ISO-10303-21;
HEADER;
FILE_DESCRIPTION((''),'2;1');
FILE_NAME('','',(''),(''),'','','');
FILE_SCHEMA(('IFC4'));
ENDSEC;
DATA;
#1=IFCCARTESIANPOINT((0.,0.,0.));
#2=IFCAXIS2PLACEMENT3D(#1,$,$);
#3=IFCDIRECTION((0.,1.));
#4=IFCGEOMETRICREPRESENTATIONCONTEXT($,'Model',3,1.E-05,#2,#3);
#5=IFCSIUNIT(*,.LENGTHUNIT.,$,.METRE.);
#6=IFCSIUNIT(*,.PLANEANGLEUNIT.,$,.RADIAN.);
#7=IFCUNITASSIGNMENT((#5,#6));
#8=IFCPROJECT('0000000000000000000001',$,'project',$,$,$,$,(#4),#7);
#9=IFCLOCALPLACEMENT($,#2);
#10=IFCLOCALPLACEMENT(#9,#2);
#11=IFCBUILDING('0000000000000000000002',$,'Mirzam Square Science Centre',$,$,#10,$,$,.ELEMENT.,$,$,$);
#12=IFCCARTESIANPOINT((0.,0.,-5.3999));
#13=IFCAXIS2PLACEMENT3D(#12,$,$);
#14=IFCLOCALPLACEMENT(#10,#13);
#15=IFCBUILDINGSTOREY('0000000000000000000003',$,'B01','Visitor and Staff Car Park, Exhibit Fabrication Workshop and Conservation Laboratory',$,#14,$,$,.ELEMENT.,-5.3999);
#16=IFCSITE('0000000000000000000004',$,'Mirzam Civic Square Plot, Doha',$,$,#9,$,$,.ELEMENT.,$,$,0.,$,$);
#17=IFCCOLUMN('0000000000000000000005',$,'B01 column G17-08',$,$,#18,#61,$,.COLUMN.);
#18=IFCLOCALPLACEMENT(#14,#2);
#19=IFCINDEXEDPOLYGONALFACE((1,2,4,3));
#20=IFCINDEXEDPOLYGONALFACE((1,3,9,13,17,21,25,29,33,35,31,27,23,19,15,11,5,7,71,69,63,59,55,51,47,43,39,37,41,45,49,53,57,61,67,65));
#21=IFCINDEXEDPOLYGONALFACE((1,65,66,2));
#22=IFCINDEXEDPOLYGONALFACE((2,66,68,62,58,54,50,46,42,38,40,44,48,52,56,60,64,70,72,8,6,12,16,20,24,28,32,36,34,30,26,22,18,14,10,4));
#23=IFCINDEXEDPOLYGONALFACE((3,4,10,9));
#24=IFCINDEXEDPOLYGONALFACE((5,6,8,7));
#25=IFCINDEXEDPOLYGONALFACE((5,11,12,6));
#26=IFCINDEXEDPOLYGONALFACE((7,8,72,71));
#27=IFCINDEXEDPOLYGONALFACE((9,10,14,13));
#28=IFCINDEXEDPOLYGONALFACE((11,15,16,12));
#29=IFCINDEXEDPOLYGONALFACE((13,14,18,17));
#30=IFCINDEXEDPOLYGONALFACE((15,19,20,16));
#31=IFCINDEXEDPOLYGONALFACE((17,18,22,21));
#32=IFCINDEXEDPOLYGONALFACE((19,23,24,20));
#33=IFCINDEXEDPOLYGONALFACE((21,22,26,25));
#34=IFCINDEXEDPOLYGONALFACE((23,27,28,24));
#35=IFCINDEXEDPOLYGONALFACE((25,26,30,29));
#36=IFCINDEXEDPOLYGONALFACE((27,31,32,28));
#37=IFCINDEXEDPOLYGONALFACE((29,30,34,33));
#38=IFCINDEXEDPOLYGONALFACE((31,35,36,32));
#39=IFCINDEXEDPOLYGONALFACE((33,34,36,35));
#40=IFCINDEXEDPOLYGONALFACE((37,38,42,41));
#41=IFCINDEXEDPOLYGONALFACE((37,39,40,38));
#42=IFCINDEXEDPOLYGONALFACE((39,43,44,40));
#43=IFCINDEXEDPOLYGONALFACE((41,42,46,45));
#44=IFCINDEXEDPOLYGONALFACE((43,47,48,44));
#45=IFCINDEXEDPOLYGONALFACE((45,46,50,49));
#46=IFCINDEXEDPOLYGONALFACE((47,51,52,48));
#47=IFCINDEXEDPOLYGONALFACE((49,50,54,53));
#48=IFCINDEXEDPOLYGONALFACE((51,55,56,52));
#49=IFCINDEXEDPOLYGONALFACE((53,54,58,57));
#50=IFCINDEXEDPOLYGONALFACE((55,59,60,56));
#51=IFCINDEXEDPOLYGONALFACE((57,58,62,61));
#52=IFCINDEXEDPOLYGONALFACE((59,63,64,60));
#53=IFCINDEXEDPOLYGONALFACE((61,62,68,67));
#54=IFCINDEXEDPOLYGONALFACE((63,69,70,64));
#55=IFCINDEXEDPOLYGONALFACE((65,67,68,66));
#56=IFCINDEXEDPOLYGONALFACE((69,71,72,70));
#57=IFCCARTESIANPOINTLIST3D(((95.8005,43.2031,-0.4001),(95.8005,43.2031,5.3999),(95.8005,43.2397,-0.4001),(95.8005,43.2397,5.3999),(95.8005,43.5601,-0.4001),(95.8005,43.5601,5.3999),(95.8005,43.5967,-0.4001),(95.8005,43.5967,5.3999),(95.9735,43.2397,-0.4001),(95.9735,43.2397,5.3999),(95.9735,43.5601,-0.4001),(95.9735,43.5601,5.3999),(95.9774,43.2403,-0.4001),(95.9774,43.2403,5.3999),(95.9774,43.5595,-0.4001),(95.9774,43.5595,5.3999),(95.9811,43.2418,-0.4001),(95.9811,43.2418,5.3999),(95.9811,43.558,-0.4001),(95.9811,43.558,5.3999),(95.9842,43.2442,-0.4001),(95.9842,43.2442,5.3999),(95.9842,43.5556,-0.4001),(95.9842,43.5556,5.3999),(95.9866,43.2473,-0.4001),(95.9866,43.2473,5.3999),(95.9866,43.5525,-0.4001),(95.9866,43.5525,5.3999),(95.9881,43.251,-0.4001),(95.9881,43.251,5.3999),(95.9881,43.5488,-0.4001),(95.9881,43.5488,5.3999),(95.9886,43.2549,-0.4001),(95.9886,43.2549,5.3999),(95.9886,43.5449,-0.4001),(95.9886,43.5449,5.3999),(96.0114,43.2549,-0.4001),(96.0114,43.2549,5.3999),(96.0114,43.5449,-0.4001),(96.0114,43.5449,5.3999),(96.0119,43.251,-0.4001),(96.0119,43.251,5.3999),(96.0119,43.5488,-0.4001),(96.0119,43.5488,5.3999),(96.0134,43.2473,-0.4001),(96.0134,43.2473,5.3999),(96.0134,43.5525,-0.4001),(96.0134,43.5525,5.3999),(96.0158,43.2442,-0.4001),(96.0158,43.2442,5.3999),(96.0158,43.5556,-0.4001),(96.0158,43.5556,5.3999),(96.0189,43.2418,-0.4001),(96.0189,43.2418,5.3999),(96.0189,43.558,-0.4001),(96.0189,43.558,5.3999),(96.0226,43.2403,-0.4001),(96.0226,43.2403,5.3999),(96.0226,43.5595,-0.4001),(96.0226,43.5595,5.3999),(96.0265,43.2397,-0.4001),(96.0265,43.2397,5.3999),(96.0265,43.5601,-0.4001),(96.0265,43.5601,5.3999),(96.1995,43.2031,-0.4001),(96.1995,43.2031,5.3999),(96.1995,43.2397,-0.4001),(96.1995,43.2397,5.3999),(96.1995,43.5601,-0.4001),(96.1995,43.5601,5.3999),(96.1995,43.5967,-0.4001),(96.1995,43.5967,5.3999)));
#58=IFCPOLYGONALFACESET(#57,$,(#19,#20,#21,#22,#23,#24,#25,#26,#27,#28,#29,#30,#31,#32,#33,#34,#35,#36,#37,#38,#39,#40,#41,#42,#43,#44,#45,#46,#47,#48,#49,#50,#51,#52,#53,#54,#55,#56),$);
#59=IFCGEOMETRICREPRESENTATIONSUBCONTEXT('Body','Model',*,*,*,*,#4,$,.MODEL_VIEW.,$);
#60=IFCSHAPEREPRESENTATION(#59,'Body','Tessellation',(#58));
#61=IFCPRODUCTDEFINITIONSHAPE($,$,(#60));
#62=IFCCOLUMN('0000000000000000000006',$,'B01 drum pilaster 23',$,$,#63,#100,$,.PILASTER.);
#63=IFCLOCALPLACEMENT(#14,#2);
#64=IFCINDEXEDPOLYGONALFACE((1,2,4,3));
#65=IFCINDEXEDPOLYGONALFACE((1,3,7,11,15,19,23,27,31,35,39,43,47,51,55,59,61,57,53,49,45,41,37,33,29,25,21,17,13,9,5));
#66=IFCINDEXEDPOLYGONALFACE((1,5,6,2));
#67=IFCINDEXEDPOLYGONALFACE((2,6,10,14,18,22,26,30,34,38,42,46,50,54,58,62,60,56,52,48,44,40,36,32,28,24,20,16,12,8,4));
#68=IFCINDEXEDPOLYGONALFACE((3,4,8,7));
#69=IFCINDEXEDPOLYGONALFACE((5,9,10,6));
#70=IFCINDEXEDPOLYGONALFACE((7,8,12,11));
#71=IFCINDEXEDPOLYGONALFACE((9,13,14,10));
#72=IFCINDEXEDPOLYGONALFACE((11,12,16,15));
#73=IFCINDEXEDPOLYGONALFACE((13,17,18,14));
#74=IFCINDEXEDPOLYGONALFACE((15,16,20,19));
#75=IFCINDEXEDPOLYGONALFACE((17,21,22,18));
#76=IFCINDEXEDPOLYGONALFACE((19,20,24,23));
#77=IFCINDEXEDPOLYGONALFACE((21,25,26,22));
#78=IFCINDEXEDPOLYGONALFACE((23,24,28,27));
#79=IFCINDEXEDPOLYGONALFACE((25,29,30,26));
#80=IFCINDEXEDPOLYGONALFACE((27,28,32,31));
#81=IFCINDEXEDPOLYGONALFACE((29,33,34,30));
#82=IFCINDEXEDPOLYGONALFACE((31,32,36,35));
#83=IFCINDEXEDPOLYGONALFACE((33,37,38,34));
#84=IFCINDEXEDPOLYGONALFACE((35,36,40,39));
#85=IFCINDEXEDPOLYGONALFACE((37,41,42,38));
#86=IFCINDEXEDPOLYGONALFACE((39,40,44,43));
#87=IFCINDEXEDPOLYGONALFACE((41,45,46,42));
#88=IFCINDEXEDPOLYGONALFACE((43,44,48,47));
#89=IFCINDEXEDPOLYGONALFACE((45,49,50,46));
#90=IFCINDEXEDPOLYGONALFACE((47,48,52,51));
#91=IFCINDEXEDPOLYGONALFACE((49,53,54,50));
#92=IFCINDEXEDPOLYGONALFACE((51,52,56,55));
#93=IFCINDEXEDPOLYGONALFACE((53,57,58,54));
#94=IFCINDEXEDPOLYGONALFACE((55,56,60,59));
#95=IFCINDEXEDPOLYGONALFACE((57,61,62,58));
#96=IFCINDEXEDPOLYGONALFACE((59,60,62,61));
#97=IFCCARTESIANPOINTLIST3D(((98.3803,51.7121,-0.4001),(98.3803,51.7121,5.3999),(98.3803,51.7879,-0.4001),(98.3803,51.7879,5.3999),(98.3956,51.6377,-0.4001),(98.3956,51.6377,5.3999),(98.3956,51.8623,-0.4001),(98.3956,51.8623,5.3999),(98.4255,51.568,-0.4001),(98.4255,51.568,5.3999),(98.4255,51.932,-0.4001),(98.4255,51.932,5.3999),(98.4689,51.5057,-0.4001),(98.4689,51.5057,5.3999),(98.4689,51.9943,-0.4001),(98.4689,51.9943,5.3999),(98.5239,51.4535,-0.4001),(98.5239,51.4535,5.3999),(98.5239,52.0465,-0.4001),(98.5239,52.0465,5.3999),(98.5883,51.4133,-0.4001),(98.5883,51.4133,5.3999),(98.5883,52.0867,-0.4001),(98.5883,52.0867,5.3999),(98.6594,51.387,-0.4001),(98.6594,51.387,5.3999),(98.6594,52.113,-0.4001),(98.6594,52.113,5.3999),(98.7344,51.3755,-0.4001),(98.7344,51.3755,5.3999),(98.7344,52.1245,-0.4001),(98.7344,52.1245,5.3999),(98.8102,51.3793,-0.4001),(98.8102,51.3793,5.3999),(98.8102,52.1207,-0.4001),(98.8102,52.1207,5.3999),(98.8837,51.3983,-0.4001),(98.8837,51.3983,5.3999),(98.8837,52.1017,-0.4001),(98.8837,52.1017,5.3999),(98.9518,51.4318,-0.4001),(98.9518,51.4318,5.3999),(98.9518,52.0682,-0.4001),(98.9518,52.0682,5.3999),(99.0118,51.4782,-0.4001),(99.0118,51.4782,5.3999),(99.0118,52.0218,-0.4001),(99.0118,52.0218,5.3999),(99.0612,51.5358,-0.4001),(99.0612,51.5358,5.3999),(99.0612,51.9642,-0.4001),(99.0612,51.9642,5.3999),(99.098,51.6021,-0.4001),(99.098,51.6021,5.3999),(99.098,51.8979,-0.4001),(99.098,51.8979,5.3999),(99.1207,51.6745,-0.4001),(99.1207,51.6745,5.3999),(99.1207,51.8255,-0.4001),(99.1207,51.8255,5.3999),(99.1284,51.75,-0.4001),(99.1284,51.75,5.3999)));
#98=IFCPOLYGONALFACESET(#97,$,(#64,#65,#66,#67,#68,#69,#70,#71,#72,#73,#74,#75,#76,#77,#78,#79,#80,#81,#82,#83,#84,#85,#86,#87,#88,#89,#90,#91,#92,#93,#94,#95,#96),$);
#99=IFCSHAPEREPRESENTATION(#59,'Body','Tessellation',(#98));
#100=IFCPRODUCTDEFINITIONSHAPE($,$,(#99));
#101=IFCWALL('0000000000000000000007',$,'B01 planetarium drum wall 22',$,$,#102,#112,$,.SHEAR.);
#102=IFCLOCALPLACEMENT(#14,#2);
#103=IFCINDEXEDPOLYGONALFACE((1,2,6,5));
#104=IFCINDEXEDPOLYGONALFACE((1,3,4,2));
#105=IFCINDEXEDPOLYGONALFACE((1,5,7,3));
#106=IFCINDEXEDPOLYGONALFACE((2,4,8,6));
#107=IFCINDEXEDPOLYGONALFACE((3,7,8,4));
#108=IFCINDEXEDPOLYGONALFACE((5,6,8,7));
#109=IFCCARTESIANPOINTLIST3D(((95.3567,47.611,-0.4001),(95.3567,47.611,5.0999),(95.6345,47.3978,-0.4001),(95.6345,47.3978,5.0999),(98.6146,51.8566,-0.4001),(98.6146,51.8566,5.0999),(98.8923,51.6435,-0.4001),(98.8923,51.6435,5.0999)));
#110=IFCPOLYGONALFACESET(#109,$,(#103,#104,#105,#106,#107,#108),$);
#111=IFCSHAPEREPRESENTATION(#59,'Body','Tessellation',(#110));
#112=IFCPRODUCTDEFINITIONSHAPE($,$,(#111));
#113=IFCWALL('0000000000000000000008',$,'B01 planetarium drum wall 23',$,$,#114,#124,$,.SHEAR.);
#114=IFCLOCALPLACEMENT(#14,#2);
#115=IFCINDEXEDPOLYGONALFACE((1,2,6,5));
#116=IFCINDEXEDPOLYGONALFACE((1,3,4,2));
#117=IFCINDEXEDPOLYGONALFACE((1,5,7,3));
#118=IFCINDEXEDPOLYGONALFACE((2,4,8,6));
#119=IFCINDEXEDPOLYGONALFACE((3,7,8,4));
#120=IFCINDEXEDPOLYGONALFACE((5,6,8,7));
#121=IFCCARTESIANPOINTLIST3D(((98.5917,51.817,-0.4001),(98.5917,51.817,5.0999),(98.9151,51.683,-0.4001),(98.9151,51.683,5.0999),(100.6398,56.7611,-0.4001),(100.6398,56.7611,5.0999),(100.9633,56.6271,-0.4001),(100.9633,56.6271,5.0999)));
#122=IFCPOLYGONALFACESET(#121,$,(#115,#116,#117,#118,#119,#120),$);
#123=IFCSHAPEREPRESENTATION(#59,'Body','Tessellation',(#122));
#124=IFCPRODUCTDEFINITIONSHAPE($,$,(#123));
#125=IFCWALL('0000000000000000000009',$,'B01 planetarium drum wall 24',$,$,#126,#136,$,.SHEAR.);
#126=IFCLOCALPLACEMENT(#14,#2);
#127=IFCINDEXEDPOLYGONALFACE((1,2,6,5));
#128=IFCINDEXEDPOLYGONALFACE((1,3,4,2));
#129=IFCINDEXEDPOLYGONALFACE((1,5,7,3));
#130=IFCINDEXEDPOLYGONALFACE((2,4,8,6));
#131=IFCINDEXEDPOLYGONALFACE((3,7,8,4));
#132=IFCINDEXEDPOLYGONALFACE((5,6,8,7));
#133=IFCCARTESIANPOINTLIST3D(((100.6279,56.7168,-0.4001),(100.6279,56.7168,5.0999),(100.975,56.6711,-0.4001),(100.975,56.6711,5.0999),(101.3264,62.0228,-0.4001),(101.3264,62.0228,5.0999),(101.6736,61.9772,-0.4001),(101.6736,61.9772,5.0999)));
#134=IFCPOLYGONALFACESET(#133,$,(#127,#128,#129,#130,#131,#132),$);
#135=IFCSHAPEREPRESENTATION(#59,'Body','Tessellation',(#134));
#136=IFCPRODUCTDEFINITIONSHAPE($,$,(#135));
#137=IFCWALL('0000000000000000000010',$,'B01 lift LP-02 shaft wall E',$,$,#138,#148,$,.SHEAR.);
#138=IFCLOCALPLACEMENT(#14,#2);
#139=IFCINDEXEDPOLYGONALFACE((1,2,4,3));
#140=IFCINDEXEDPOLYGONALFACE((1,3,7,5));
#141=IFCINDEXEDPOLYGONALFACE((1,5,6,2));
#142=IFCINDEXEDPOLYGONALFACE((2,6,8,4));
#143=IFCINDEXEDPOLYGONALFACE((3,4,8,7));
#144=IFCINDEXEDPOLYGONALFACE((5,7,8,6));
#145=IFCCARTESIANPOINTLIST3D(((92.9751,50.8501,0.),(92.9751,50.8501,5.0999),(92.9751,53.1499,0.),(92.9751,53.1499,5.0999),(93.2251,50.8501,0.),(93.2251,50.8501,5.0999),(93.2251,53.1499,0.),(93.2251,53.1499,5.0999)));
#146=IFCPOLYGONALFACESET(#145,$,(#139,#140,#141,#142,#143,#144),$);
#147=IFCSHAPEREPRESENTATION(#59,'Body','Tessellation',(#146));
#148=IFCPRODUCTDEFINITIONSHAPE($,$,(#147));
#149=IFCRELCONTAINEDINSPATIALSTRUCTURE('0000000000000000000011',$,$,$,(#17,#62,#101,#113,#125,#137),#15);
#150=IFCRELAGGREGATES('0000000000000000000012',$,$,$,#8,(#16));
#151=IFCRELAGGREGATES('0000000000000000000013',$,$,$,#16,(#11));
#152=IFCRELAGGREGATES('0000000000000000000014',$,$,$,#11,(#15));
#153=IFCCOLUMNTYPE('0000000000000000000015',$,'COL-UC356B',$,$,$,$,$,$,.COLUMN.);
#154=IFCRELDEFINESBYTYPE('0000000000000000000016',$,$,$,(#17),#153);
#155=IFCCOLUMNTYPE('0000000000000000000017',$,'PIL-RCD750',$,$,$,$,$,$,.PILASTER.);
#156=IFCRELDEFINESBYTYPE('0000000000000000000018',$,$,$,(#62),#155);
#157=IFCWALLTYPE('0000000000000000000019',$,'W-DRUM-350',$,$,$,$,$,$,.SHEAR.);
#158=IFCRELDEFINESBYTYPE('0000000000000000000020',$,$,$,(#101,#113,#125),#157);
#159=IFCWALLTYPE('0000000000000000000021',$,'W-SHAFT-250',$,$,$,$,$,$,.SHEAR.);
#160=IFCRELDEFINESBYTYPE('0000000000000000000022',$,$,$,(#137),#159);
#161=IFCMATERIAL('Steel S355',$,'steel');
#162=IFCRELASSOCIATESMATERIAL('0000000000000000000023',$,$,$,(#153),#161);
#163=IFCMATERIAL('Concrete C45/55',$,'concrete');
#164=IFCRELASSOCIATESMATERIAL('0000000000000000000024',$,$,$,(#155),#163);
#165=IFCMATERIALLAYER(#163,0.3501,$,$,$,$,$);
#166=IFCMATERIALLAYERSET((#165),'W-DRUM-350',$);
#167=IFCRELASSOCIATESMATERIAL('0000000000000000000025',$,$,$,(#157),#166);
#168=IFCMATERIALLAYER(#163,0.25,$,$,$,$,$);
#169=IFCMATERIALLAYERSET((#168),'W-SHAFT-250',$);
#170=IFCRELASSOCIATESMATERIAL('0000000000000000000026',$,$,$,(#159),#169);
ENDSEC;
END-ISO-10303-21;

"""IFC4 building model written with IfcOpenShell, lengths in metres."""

from ifc_helpers import new_model, si_unit, direction, frame, frame_2d, origin, origin_2d, place, context, subcontext, project, spatial, rectangle, circle, i_section, extrude, material, layer, layer_set, material_profile, profile_set, type_object, element, save


model = new_model("IFC4")

# Units and contexts
model_context = context("Model", 3, precision=1e-05, world=origin(), true_north=direction((0.0, 1.0)))
body_context = subcontext(model_context, "Body", "Model", "MODEL_VIEW")
ifc_project = project(units=[si_unit("LENGTHUNIT", "METRE"), si_unit("PLANEANGLEUNIT", "RADIAN")], contexts=[model_context])

# Site, building, storey
site_placement = place(None, origin())
site = spatial("IfcSite", under=ifc_project, at=site_placement, Name="Mirzam Civic Square Plot, Doha", CompositionType="ELEMENT", RefElevation=0.0)
building_placement = place(site_placement, origin())
building = spatial("IfcBuilding", under=site, at=building_placement, Name="Mirzam Square Science Centre", CompositionType="ELEMENT")
storey_placement = place(building_placement, frame((0.0, 0.0, -5.3999)))
storey = spatial("IfcBuildingStorey", under=building, at=storey_placement, Name="B01", Description="Visitor and Staff Car Park, Exhibit Fabrication Workshop and Conservation Laboratory", CompositionType="ELEMENT", Elevation=-5.3999)

# Shared definitions
ifc_material_1 = material(Name="Concrete C45/55", Category="concrete")

# Columns
ifc_material_2 = material(Name="Steel S355", Category="steel")
ifc_material_profile_1 = material_profile(ifc_material_2, i_section(OverallWidth=0.3989, OverallDepth=0.3936, WebThickness=0.0227, FlangeThickness=0.0366, FilletRadius=0.0151, at=origin_2d()), Name="356x406x287UC")
ifc_profile_set_1 = profile_set([ifc_material_profile_1], Name="Steel S355")
column_type_1 = type_object("IfcColumnType", Name="COL-UC356B", PredefinedType="COLUMN", material=ifc_profile_set_1)
column_1_placement = place(storey_placement, frame((96.0, 43.3999, -0.4001), z_axis=(0.0, 0.0, 1.0), x_axis=(1.0, 0.0, 0.0)))
element("IfcColumn", 1, at=column_1_placement, inside=storey, type_object=column_type_1, Name="B01 column G17-08", PredefinedType="COLUMN", context=body_context, shape_type="SweptSolid", body=[
    extrude(i_section(OverallWidth=0.3989, OverallDepth=0.3936, WebThickness=0.0227, FlangeThickness=0.0366, FilletRadius=0.0151, at=origin_2d()), origin(), (0.0, 0.0, 1.0), 5.8),
])
ifc_material_profile_2 = material_profile(ifc_material_1, circle(Radius=0.375, at=origin_2d()), Name="RCD750")
ifc_profile_set_2 = profile_set([ifc_material_profile_2], Name="Concrete C45/55")
column_type_2 = type_object("IfcColumnType", Name="PIL-RCD750", PredefinedType="PILASTER", material=ifc_profile_set_2)
column_2_placement = place(storey_placement, frame((98.7534, 51.75, -0.4001), z_axis=(0.0, 0.0, 1.0), x_axis=(1.0, 0.0, 0.0)))
element("IfcColumn", 2, at=column_2_placement, inside=storey, type_object=column_type_2, Name="B01 drum pilaster 23", PredefinedType="PILASTER", context=body_context, shape_type="SweptSolid", body=[
    extrude(circle(Radius=0.375, at=origin_2d()), origin(), (0.0, 0.0, 1.0), 5.8),
])

# Walls
ifc_layer_1 = layer(ifc_material_1, 0.3501)
ifc_layer_set_1 = layer_set([ifc_layer_1], Name="W-DRUM-350")
wall_type_1 = type_object("IfcWallType", Name="W-DRUM-350", PredefinedType="SHEAR", material=ifc_layer_set_1)
for number, where, z_axis, x_axis, name in (
    (3, (95.4956, 47.5044, -0.4001), (0.0, 0.0, 1.0), (0.608767, 0.793349, 0.0), "B01 planetarium drum wall 22"),
    (4, (98.7534, 51.75, -0.4001), (0.0, 0.0, 1.0), (0.382713, 0.923867, 0.0), "B01 planetarium drum wall 23"),
):
    element("IfcWall", number, at=place(storey_placement, frame(where, z_axis=z_axis, x_axis=x_axis)), inside=storey, type_object=wall_type_1, Name=name, PredefinedType="SHEAR", context=body_context, shape_type="SweptSolid", body=[
        extrude(rectangle(XDim=5.3516, YDim=0.3501, at=frame_2d((2.6758, 0.0))), origin(), (0.0, 0.0, 1.0), 5.5),
    ])
wall_1_placement = place(storey_placement, frame((100.8015, 56.6941, -0.4001), z_axis=(0.0, 0.0, 1.0), x_axis=(0.130517, 0.991446, 0.0)))
element("IfcWall", 5, at=wall_1_placement, inside=storey, type_object=wall_type_1, Name="B01 planetarium drum wall 24", PredefinedType="SHEAR", context=body_context, shape_type="SweptSolid", body=[
    extrude(rectangle(XDim=5.3518, YDim=0.3501, at=frame_2d((2.6758, 0.0))), origin(), (0.0, 0.0, 1.0), 5.5),
])

# Shared definitions
ifc_layer_2 = layer(ifc_material_1, 0.25)
ifc_layer_set_2 = layer_set([ifc_layer_2], Name="W-SHAFT-250")
wall_type_2 = type_object("IfcWallType", Name="W-SHAFT-250", PredefinedType="SHEAR", material=ifc_layer_set_2)

# Wall
wall_2_placement = place(storey_placement, frame((93.1001, 50.8501, 0.0), z_axis=(0.0, 0.0, 1.0), x_axis=(0.0, 1.0, 0.0)))
element("IfcWall", 6, at=wall_2_placement, inside=storey, type_object=wall_type_2, Name="B01 lift LP-02 shaft wall E", PredefinedType="SHEAR", context=body_context, shape_type="SweptSolid", body=[
    extrude(rectangle(XDim=2.2998, YDim=0.25, at=frame_2d((1.1499, 0.0))), origin(), (0.0, 0.0, 1.0), 5.0999),
])

save(model, "model.ifc")
